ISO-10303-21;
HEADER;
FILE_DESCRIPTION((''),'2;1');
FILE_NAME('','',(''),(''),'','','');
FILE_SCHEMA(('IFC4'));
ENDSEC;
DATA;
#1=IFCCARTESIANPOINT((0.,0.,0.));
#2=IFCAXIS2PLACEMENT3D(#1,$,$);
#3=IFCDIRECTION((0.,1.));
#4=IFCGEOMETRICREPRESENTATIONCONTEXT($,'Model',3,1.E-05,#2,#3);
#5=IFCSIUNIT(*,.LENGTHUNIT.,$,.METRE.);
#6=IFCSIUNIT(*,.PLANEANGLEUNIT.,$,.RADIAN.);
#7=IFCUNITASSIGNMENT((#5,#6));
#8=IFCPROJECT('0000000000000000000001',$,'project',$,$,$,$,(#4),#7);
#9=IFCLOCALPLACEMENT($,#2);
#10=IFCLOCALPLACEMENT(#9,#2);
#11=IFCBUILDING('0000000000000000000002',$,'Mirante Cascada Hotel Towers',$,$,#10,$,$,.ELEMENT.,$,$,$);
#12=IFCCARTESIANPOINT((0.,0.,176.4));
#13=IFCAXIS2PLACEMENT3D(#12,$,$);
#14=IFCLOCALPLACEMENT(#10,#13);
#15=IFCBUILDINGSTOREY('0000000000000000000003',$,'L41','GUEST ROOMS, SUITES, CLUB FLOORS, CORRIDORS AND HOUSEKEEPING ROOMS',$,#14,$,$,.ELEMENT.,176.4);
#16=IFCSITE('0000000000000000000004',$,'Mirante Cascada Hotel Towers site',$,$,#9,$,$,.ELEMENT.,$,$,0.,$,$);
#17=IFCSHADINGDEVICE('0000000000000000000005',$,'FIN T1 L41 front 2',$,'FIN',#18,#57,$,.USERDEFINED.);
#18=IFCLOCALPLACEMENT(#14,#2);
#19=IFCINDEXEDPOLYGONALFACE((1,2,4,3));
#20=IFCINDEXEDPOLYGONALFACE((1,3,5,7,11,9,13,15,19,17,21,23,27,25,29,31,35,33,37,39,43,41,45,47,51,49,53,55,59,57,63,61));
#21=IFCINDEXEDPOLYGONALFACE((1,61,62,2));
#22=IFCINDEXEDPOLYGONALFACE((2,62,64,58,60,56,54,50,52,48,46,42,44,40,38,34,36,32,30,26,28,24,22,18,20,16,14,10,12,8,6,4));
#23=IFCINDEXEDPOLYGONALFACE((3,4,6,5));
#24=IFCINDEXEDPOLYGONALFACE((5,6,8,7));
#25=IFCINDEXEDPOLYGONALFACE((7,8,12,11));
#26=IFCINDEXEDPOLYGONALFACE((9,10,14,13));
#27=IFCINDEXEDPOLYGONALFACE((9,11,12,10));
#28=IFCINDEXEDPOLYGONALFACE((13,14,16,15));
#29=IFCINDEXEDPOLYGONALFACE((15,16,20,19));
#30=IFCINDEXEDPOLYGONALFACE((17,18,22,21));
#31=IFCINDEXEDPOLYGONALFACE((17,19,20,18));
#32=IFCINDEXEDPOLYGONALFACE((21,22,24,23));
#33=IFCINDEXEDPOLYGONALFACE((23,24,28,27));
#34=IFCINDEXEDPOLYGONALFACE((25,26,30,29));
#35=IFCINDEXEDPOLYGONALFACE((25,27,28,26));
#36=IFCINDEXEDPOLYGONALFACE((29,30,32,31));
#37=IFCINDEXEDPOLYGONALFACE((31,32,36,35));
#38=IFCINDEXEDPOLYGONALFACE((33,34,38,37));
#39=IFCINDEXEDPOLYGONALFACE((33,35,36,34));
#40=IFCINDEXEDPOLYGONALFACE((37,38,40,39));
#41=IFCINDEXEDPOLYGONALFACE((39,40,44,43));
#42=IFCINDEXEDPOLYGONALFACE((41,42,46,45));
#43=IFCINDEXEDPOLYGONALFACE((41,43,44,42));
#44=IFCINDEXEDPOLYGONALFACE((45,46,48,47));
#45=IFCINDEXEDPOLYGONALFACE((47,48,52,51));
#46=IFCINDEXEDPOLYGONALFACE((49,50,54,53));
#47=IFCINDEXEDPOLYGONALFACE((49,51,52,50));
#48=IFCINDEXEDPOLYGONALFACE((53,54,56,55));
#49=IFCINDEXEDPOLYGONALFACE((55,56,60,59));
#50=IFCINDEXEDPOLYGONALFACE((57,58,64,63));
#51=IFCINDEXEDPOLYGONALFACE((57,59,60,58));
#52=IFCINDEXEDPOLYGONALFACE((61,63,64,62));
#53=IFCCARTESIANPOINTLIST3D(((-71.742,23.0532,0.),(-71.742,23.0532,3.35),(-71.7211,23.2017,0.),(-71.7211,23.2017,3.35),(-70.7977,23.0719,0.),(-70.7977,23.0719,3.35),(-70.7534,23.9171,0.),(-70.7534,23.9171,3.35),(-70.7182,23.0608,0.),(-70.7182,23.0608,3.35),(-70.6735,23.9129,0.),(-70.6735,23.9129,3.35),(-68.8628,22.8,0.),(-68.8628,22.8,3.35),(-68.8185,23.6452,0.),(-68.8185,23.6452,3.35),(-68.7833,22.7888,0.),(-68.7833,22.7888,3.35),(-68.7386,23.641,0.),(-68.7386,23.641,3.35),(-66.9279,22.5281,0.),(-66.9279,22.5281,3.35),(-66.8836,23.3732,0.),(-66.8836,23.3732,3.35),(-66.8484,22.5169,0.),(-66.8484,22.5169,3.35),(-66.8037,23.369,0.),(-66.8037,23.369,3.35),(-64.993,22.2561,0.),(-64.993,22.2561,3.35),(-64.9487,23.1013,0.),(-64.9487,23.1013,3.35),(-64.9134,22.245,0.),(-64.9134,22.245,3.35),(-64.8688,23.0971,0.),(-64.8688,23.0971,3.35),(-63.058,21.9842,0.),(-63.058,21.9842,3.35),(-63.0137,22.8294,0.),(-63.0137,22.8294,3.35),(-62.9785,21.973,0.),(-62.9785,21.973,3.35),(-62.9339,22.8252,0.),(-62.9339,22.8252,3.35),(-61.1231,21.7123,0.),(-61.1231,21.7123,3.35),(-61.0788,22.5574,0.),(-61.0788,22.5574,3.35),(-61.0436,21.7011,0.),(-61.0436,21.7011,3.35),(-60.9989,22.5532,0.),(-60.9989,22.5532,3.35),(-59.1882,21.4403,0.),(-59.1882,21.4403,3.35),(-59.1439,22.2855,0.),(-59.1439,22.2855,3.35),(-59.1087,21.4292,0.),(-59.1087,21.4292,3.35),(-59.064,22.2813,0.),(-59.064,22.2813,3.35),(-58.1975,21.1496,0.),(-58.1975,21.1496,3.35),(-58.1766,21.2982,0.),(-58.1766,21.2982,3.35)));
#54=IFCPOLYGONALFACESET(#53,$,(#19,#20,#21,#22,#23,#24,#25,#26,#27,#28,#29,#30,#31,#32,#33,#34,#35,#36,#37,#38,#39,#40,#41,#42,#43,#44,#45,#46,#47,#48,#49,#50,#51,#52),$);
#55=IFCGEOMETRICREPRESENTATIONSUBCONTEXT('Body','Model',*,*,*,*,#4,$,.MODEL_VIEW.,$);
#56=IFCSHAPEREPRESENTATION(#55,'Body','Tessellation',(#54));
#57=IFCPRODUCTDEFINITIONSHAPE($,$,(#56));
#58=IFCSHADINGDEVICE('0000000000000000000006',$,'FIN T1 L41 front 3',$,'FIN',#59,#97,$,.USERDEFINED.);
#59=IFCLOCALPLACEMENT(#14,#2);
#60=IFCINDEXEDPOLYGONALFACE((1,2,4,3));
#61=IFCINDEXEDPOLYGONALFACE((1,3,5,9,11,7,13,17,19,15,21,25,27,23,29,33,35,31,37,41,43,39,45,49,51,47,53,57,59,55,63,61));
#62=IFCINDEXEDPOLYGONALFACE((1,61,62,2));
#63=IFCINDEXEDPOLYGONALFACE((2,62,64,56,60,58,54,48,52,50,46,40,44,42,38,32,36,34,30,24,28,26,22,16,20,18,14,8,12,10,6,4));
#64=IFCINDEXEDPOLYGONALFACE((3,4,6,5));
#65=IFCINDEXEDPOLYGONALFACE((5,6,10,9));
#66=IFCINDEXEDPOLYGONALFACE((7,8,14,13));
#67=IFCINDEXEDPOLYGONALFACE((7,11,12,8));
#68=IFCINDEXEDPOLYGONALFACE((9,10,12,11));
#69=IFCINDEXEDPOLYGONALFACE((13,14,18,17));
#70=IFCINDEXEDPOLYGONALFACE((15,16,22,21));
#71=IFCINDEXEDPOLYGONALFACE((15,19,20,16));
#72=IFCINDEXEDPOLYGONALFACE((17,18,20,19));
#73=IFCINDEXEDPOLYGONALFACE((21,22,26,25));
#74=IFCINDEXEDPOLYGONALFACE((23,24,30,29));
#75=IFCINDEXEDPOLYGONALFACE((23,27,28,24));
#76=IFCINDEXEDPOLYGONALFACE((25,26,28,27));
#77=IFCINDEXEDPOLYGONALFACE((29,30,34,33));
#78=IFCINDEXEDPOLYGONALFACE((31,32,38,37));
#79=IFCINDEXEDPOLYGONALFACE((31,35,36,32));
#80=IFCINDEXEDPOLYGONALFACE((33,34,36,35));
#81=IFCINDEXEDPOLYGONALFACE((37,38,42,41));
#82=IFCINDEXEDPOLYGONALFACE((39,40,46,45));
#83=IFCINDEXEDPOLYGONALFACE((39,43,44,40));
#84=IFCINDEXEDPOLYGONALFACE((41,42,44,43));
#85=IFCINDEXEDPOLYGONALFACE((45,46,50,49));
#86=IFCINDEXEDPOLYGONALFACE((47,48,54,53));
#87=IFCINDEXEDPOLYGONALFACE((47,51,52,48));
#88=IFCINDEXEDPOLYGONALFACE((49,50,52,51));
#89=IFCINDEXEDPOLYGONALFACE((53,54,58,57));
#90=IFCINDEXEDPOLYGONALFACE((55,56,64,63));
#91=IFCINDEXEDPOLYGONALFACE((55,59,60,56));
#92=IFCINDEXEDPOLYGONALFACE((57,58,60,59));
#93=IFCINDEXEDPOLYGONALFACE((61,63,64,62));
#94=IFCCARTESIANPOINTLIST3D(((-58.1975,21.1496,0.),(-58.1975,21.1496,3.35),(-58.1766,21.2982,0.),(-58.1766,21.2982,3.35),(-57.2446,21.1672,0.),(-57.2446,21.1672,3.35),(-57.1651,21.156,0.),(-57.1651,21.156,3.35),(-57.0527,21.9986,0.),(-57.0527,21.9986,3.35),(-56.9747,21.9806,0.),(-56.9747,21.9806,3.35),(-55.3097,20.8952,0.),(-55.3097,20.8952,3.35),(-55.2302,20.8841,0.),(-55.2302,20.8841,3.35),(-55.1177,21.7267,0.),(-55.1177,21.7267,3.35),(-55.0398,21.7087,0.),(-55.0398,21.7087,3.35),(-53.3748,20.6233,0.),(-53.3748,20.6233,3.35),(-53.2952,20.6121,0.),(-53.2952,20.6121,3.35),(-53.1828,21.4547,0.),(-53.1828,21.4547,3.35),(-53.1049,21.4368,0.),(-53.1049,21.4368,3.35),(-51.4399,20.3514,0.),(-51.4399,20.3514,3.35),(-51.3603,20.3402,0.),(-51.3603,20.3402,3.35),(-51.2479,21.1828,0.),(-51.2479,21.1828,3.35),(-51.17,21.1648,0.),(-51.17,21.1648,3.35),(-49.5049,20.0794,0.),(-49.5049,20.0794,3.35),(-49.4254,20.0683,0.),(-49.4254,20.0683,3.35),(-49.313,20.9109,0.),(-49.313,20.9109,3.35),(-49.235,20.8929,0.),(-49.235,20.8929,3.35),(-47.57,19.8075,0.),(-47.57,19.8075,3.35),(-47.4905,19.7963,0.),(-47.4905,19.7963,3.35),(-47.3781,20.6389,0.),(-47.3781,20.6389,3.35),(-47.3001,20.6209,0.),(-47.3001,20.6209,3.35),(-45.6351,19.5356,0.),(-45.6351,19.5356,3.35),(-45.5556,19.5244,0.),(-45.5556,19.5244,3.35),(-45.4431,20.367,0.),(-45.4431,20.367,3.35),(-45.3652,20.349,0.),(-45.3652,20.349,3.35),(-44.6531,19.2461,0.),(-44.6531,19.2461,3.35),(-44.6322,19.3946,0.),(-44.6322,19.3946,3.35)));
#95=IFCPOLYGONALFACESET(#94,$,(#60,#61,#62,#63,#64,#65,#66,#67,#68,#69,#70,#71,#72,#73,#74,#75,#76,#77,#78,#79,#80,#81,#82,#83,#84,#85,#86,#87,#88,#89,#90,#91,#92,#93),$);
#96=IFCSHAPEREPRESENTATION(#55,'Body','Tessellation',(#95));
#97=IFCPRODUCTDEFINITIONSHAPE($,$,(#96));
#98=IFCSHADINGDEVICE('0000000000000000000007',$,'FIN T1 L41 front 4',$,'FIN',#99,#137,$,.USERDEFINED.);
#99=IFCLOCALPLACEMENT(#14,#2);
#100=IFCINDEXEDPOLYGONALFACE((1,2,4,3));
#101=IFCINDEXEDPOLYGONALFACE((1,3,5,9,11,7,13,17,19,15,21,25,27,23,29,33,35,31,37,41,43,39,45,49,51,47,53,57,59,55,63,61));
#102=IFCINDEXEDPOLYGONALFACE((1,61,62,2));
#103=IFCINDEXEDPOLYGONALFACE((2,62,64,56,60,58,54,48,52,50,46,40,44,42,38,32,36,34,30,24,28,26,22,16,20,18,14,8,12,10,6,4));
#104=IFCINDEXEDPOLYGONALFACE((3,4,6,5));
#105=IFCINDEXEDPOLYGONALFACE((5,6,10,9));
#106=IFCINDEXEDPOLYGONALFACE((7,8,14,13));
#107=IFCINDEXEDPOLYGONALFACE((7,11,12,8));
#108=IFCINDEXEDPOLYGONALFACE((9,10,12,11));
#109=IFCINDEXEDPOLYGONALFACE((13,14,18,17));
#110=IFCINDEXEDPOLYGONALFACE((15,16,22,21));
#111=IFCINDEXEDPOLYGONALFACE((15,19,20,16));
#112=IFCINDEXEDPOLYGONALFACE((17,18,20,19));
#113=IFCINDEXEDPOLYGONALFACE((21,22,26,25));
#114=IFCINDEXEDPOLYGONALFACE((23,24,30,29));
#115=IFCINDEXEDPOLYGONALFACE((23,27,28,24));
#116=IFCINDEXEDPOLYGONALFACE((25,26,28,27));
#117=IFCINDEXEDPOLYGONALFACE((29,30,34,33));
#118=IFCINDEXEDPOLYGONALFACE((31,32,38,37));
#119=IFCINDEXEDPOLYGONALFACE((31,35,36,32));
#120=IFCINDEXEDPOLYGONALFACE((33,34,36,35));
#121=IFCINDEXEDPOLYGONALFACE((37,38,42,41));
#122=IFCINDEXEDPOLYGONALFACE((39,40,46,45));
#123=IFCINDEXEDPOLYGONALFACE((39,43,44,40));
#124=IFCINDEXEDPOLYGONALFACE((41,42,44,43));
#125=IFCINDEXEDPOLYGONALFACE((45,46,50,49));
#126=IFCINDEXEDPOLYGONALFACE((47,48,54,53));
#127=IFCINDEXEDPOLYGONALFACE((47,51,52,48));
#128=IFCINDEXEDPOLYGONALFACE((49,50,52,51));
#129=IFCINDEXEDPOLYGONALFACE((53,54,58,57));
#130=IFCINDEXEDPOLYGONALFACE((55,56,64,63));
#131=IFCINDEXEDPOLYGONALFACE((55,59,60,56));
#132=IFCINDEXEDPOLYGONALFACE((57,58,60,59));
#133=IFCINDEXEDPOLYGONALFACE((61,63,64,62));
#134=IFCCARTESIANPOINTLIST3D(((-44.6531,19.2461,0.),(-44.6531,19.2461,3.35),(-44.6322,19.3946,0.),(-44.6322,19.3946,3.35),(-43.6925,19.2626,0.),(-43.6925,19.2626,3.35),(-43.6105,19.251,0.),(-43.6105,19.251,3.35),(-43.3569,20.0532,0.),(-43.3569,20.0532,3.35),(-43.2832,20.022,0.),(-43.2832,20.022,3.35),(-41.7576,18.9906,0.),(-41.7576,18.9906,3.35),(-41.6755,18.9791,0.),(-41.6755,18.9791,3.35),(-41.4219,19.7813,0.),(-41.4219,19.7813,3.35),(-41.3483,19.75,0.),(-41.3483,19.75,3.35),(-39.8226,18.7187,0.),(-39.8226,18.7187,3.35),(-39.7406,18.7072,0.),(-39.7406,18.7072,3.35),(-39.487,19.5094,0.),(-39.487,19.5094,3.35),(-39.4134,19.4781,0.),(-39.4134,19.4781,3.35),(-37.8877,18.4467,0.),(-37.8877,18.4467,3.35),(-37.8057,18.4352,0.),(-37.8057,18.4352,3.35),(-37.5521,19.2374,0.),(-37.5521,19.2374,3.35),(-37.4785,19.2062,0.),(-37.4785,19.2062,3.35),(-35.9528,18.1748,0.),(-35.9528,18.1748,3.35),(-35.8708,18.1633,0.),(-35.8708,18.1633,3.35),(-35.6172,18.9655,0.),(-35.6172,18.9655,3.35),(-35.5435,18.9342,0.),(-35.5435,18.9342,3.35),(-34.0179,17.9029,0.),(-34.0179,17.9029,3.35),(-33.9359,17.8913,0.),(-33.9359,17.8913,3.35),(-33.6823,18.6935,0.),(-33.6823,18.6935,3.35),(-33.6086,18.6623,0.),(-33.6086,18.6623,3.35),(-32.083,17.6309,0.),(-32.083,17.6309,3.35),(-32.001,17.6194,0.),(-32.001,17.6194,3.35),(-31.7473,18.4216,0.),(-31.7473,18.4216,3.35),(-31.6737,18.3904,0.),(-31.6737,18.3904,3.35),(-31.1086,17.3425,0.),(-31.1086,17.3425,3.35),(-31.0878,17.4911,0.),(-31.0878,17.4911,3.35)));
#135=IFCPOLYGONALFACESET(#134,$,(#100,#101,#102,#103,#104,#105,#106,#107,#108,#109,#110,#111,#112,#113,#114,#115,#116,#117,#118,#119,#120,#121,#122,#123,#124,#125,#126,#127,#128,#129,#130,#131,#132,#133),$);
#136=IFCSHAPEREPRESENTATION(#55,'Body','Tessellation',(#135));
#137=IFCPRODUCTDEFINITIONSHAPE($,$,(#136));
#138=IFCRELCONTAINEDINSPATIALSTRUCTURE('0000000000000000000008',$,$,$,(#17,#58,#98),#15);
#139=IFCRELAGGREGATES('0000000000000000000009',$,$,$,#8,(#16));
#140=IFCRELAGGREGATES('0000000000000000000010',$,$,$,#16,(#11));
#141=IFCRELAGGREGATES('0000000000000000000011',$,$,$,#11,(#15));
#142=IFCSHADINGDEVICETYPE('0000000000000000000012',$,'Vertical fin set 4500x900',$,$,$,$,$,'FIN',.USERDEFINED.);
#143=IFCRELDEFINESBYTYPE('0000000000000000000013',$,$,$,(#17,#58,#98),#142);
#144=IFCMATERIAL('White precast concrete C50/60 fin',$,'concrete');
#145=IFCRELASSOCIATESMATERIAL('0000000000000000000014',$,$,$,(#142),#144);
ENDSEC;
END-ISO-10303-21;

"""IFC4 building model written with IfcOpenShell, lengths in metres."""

from ifc_helpers import new_model, si_unit, direction, frame, origin, place, context, subcontext, project, spatial, polyline, outline, extrude, material, type_object, element, save


model = new_model("IFC4")

# Units and contexts
model_context = context("Model", 3, precision=1e-05, world=origin(), true_north=direction((0.0, 1.0)))
body_context = subcontext(model_context, "Body", "Model", "MODEL_VIEW")
ifc_project = project(units=[si_unit("LENGTHUNIT", "METRE"), si_unit("PLANEANGLEUNIT", "RADIAN")], contexts=[model_context])

# Site, building, storey
site_placement = place(None, origin())
site = spatial("IfcSite", under=ifc_project, at=site_placement, Name="Mirante Cascada Hotel Towers site", CompositionType="ELEMENT", RefElevation=0.0)
building_placement = place(site_placement, origin())
building = spatial("IfcBuilding", under=site, at=building_placement, Name="Mirante Cascada Hotel Towers", CompositionType="ELEMENT")
storey_placement = place(building_placement, frame((0.0, 0.0, 176.4)))
storey = spatial("IfcBuildingStorey", under=building, at=storey_placement, Name="L41", Description="GUEST ROOMS, SUITES, CLUB FLOORS, CORRIDORS AND HOUSEKEEPING ROOMS", CompositionType="ELEMENT", Elevation=176.4)

# Shading devices
ifc_material_1 = material(Name="White precast concrete C50/60 fin", Category="concrete")
shading_device_type = type_object("IfcShadingDeviceType", Name="Vertical fin set 4500x900", ElementType="FIN", PredefinedType="USERDEFINED", material=ifc_material_1)
shading_device_1_placement = place(storey_placement, origin())
element("IfcShadingDevice", 1, at=shading_device_1_placement, inside=storey, type_object=shading_device_type, Name="FIN T1 L41 front 2", ObjectType="FIN", PredefinedType="USERDEFINED", context=body_context, shape_type="SweptSolid", body=[
    extrude(outline(polyline([(-59.1087, 21.4292), (-58.1766, 21.2982), (-58.1975, 21.1496), (-71.742, 23.0532), (-71.7211, 23.2017), (-70.7977, 23.0719), (-70.7534, 23.9171), (-70.6735, 23.9129), (-70.7182, 23.0608), (-68.8628, 22.8), (-68.8185, 23.6452), (-68.7386, 23.641), (-68.7833, 22.7888), (-66.9279, 22.5281), (-66.8836, 23.3732), (-66.8037, 23.369), (-66.8484, 22.5169), (-64.993, 22.2561), (-64.9487, 23.1013), (-64.8688, 23.0971), (-64.9134, 22.245), (-63.058, 21.9842), (-63.0137, 22.8294), (-62.9339, 22.8252), (-62.9785, 21.973), (-61.1231, 21.7123), (-61.0788, 22.5574), (-60.9989, 22.5532), (-61.0436, 21.7011), (-59.1882, 21.4403), (-59.1439, 22.2855), (-59.064, 22.2813), (-59.1087, 21.4292)])), origin(), (0.0, 0.0, 1.0), 3.35),
])
shading_device_2_placement = place(storey_placement, origin())
element("IfcShadingDevice", 2, at=shading_device_2_placement, inside=storey, type_object=shading_device_type, Name="FIN T1 L41 front 3", ObjectType="FIN", PredefinedType="USERDEFINED", context=body_context, shape_type="SweptSolid", body=[
    extrude(outline(polyline([(-45.5556, 19.5244), (-44.6322, 19.3946), (-44.6531, 19.2461), (-58.1975, 21.1496), (-58.1766, 21.2982), (-57.2446, 21.1672), (-57.0527, 21.9986), (-56.9747, 21.9806), (-57.1651, 21.156), (-55.3097, 20.8952), (-55.1177, 21.7267), (-55.0398, 21.7087), (-55.2302, 20.8841), (-53.3748, 20.6233), (-53.1828, 21.4547), (-53.1049, 21.4368), (-53.2952, 20.6121), (-51.4399, 20.3514), (-51.2479, 21.1828), (-51.17, 21.1648), (-51.3603, 20.3402), (-49.5049, 20.0794), (-49.313, 20.9109), (-49.235, 20.8929), (-49.4254, 20.0683), (-47.57, 19.8075), (-47.3781, 20.6389), (-47.3001, 20.6209), (-47.4905, 19.7963), (-45.6351, 19.5356), (-45.4431, 20.367), (-45.3652, 20.349), (-45.5556, 19.5244)])), origin(), (0.0, 0.0, 1.0), 3.35),
])
shading_device_3_placement = place(storey_placement, origin())
element("IfcShadingDevice", 3, at=shading_device_3_placement, inside=storey, type_object=shading_device_type, Name="FIN T1 L41 front 4", ObjectType="FIN", PredefinedType="USERDEFINED", context=body_context, shape_type="SweptSolid", body=[
    extrude(outline(polyline([(-32.001, 17.6194), (-31.0878, 17.4911), (-31.1086, 17.3425), (-44.6531, 19.2461), (-44.6322, 19.3946), (-43.6925, 19.2626), (-43.3569, 20.0532), (-43.2832, 20.022), (-43.6105, 19.251), (-41.7576, 18.9906), (-41.4219, 19.7813), (-41.3483, 19.75), (-41.6755, 18.9791), (-39.8226, 18.7187), (-39.487, 19.5094), (-39.4134, 19.4781), (-39.7406, 18.7072), (-37.8877, 18.4467), (-37.5521, 19.2374), (-37.4785, 19.2062), (-37.8057, 18.4352), (-35.9528, 18.1748), (-35.6172, 18.9655), (-35.5435, 18.9342), (-35.8708, 18.1633), (-34.0179, 17.9029), (-33.6823, 18.6935), (-33.6086, 18.6623), (-33.9359, 17.8913), (-32.083, 17.6309), (-31.7473, 18.4216), (-31.6737, 18.3904), (-32.001, 17.6194)])), origin(), (0.0, 0.0, 1.0), 3.35),
])

save(model, "model.ifc")
